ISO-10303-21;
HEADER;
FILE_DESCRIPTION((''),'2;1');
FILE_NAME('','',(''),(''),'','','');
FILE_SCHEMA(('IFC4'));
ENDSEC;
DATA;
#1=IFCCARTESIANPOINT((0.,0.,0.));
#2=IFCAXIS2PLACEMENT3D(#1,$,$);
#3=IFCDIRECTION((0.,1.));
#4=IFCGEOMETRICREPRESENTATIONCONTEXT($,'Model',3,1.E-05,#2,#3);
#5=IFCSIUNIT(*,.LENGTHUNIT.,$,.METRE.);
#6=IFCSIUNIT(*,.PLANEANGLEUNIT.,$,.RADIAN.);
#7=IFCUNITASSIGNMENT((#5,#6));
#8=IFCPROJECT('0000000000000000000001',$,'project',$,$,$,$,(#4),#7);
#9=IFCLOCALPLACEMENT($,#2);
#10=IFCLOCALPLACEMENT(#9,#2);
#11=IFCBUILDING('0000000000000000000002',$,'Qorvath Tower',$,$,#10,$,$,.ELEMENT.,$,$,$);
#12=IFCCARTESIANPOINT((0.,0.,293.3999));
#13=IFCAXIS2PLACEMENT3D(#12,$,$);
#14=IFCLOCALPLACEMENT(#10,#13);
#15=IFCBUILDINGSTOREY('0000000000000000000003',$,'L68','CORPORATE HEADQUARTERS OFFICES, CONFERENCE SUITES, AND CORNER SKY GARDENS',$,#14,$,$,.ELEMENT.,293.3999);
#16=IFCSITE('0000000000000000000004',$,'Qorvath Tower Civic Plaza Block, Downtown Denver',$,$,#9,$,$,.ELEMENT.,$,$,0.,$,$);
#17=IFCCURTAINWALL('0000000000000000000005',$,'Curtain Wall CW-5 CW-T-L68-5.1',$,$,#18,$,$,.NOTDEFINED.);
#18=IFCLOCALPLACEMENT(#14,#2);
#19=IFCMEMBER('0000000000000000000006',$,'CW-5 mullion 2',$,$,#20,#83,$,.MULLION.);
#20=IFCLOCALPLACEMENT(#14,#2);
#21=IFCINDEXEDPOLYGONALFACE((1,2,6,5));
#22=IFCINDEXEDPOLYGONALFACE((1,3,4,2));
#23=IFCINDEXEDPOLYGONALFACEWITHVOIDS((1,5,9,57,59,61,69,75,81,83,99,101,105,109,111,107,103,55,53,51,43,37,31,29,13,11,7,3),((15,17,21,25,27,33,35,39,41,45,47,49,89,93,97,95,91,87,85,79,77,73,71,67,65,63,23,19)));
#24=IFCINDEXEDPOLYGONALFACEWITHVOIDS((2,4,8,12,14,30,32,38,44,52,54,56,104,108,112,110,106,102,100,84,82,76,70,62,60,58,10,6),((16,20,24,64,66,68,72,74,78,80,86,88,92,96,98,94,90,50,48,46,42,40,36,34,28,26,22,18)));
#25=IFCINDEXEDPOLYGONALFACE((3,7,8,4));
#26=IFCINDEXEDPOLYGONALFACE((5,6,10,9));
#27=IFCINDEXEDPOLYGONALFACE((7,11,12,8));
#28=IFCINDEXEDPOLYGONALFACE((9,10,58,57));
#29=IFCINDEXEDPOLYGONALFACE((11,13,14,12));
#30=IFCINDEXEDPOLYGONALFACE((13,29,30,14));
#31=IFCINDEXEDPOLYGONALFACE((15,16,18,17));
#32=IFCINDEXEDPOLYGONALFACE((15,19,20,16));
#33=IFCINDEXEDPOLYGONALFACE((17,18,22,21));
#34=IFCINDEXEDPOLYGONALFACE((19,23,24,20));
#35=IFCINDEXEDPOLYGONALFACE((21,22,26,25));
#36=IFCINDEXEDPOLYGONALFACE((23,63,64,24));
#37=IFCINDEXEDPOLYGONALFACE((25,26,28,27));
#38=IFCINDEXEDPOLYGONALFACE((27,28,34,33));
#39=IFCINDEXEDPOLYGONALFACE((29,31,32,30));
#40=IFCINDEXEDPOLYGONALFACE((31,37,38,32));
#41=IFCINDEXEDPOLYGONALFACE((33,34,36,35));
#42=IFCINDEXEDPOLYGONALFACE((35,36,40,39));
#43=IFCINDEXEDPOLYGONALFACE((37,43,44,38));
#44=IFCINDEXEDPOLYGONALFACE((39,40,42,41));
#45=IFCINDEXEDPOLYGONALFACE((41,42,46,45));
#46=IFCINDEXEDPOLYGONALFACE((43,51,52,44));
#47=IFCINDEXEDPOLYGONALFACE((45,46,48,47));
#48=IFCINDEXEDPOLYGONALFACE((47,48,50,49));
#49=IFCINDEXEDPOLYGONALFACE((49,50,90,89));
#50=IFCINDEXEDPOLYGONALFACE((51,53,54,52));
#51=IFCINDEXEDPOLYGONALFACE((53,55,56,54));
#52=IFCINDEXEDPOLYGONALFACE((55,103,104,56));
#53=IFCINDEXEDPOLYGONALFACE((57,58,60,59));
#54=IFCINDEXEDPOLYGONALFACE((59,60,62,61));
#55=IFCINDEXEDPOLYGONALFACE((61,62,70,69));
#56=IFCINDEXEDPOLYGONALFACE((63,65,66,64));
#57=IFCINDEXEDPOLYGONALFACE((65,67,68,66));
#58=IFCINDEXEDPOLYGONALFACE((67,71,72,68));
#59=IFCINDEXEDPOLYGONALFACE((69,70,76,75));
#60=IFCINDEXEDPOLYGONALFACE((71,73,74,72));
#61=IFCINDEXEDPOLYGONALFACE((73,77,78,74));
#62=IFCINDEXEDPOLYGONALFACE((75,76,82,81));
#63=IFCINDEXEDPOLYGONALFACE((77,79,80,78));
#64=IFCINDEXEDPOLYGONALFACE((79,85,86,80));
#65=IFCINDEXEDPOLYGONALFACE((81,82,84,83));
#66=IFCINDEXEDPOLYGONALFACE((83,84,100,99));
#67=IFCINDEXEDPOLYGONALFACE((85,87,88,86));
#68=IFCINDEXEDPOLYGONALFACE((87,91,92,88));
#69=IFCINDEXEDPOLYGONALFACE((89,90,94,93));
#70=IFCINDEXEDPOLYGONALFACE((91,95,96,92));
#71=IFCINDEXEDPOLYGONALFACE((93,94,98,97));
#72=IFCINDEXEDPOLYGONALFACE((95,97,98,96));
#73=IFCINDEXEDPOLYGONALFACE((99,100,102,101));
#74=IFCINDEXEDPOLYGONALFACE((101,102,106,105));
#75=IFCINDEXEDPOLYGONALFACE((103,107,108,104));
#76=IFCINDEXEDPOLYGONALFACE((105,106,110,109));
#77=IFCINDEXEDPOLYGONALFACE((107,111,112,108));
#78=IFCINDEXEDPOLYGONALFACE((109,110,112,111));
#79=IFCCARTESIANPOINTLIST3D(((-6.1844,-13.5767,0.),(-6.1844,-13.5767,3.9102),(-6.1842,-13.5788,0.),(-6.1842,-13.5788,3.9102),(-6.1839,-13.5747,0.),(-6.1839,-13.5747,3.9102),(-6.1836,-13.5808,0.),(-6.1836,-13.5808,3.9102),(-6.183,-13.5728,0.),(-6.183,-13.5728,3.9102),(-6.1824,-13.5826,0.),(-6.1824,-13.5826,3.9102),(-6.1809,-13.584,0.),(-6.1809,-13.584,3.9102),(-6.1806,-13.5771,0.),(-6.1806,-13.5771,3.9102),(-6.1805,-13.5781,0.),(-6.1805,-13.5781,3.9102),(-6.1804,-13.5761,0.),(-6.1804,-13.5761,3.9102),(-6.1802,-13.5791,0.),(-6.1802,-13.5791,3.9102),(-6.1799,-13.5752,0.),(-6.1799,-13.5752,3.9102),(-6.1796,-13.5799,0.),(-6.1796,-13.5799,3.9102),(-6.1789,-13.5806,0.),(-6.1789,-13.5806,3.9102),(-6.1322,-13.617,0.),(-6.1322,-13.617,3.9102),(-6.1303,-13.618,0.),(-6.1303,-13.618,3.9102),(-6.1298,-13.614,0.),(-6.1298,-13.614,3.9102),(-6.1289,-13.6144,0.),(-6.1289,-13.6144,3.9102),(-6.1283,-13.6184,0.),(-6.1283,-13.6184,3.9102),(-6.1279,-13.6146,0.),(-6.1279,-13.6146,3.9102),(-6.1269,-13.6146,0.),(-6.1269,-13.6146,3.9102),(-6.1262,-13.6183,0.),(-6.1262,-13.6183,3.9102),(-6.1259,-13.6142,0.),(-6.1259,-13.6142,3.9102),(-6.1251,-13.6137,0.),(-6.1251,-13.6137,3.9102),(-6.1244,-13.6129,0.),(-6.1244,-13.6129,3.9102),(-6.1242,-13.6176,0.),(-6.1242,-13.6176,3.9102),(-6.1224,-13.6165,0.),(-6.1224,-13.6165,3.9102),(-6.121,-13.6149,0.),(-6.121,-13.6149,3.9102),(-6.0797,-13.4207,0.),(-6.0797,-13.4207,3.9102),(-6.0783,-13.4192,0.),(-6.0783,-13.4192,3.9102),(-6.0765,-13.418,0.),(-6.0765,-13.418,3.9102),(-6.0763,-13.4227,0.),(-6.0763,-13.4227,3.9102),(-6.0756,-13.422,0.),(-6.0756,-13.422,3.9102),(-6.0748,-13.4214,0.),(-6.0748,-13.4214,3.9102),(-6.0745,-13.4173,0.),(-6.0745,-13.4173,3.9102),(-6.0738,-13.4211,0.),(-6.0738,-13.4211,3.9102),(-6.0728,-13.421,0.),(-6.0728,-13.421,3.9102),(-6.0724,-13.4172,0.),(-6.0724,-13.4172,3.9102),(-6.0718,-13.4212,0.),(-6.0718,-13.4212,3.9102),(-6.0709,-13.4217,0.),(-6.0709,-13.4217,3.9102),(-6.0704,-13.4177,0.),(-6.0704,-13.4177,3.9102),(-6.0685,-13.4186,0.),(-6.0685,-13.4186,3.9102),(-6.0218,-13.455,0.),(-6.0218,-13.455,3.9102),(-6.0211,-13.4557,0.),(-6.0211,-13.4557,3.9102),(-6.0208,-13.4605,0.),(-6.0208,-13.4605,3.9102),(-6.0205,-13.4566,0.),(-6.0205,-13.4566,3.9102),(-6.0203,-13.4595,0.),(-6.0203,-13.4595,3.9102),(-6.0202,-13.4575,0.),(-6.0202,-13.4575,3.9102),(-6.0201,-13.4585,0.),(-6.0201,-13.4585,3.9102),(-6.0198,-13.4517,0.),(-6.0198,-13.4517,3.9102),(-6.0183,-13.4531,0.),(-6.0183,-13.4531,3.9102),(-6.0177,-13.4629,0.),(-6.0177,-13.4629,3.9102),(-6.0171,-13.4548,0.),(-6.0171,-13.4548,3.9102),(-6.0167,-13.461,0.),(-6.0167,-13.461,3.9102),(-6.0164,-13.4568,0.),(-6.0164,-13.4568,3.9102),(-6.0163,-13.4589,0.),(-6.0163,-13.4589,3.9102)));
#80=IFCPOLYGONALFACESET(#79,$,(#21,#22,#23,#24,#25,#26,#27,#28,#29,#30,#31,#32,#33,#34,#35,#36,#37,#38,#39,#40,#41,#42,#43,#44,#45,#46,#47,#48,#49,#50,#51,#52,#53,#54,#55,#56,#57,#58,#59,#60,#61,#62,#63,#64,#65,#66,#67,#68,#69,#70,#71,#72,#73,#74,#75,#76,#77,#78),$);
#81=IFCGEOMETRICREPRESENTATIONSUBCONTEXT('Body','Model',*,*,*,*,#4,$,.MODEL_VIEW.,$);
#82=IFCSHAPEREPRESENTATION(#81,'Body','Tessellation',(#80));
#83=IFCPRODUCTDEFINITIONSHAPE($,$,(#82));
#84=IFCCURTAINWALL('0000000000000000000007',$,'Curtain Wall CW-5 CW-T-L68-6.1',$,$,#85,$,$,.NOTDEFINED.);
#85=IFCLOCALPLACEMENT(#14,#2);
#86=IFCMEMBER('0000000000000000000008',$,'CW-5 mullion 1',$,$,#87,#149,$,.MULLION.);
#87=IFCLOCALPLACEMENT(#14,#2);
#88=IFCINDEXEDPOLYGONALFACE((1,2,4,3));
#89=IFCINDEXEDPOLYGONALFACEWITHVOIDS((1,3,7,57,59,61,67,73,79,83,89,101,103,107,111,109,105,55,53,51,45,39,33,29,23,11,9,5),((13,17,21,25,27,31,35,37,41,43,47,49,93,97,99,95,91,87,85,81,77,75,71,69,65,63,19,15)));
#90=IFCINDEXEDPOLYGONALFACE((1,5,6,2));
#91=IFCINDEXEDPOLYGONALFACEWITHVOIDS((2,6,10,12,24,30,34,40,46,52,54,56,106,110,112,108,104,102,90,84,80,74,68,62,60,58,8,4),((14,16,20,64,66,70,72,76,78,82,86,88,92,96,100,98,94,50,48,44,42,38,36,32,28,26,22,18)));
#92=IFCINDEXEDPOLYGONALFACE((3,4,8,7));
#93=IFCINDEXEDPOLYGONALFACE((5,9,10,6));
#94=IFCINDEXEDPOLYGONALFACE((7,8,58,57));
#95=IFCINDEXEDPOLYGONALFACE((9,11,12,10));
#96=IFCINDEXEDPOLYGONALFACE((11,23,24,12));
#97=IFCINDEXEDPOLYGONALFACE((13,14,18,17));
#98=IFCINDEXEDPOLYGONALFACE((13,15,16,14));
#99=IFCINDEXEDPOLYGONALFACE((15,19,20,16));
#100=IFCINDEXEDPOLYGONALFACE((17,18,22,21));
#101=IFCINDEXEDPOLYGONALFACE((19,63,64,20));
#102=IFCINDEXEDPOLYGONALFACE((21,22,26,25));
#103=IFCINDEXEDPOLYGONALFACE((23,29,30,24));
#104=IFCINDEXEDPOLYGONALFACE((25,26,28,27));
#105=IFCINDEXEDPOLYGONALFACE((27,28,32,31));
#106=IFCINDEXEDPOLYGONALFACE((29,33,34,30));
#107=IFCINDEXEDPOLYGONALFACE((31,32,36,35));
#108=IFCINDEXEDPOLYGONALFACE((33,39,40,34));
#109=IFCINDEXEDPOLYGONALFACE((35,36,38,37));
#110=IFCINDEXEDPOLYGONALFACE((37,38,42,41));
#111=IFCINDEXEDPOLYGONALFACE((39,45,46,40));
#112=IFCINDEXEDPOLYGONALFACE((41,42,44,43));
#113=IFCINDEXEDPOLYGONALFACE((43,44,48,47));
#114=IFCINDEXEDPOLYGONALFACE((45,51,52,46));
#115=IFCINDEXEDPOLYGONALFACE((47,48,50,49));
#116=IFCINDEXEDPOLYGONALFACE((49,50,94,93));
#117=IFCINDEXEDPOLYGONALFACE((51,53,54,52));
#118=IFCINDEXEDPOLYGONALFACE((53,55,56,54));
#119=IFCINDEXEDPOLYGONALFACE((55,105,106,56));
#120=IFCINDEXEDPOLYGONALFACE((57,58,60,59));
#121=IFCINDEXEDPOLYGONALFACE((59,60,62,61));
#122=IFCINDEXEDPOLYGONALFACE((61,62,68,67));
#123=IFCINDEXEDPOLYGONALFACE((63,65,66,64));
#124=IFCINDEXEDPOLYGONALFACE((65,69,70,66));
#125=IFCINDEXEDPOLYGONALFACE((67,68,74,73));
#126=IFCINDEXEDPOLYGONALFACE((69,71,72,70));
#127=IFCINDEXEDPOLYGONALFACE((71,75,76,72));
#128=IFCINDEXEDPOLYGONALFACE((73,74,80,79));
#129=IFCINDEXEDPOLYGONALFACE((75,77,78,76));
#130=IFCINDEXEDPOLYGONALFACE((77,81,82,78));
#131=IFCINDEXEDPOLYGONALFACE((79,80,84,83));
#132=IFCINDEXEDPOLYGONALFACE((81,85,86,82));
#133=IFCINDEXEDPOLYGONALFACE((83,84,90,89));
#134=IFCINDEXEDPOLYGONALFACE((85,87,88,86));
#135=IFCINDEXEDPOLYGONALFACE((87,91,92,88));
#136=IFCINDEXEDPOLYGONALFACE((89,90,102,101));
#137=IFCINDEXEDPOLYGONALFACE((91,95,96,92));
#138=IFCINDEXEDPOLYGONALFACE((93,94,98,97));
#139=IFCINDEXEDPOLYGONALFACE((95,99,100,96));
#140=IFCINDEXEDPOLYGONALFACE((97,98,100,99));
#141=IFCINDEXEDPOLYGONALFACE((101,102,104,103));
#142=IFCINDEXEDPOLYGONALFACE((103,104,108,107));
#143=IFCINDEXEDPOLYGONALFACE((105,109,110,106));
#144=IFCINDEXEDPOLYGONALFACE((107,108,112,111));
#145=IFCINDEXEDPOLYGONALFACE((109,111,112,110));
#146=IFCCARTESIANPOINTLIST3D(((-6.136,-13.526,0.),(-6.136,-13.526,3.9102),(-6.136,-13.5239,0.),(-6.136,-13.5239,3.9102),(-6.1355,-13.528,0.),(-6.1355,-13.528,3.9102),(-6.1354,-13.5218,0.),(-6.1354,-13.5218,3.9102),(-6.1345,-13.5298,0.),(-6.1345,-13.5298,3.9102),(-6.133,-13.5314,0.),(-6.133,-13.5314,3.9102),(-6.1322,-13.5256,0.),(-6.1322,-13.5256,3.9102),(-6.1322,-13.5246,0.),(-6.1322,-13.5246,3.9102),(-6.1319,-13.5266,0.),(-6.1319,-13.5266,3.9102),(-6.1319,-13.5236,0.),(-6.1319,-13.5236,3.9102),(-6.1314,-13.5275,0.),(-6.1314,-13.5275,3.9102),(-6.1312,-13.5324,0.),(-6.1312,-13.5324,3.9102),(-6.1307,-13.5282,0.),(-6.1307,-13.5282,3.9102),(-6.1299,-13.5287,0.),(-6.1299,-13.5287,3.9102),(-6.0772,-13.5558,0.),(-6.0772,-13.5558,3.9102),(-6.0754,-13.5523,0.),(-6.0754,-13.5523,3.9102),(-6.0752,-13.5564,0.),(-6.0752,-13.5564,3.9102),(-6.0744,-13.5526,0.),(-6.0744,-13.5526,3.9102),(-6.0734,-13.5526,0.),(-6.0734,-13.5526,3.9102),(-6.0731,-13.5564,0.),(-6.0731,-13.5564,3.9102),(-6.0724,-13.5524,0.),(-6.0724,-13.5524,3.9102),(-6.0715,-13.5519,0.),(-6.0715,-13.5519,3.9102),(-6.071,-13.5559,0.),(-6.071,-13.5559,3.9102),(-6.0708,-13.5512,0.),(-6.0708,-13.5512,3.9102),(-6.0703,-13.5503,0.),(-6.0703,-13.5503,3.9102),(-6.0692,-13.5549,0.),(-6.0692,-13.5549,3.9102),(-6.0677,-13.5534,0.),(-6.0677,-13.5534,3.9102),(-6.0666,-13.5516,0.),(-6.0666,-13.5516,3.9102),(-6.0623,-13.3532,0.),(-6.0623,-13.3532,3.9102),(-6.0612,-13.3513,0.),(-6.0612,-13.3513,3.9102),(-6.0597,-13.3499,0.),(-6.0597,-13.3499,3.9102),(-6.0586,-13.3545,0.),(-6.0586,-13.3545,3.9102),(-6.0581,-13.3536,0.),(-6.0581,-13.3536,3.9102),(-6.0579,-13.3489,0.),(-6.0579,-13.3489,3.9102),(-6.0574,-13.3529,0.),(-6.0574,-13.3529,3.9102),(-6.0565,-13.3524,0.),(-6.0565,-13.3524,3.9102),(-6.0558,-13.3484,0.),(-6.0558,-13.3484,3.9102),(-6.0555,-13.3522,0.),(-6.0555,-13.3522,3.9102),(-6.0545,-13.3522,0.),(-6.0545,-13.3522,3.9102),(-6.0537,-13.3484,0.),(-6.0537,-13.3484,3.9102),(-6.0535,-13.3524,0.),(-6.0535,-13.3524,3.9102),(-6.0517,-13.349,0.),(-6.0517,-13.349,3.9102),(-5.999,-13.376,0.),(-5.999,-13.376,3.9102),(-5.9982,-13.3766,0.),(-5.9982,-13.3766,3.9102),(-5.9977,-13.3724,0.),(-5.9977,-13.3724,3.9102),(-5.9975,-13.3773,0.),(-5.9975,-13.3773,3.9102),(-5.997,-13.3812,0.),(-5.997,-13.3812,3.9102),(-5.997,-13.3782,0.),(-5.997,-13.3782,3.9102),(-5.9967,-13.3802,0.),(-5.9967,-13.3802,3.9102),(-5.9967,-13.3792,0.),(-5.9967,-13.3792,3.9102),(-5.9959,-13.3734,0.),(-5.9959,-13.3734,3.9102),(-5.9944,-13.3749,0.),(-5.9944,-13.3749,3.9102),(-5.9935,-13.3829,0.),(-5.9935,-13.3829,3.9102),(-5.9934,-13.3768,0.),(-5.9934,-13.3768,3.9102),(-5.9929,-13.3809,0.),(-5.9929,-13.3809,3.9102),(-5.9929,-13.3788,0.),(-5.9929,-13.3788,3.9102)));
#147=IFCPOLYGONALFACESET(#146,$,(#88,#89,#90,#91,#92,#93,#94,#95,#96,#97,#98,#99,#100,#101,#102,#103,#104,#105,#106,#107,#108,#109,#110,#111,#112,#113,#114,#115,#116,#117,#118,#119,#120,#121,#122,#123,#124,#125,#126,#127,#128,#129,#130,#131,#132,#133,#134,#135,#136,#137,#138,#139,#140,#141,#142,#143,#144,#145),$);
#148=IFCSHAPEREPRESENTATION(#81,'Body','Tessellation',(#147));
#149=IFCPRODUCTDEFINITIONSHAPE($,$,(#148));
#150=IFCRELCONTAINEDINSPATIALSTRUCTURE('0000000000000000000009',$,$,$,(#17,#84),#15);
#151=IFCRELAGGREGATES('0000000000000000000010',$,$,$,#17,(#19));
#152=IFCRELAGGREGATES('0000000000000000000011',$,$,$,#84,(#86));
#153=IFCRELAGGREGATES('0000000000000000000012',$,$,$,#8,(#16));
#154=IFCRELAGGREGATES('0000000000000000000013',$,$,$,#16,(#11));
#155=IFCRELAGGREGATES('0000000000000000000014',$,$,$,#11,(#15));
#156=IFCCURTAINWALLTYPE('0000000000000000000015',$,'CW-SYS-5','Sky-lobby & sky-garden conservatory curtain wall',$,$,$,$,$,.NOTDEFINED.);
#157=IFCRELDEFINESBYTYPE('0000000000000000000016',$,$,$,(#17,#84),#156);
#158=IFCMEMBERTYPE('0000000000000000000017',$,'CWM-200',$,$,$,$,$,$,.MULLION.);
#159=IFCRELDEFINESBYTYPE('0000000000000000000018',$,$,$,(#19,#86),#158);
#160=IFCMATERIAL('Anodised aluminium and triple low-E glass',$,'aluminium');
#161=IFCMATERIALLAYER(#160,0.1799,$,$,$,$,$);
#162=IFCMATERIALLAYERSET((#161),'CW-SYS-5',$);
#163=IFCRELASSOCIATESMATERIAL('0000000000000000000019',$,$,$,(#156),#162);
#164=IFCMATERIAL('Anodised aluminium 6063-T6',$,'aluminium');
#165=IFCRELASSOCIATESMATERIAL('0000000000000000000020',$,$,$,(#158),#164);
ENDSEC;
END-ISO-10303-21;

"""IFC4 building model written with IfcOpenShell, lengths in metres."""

from ifc_helpers import new_model, si_unit, direction, frame, origin, origin_2d, place, context, subcontext, project, spatial, hollow_rectangle, extrude, material, layer, layer_set, material_profile, profile_set, type_object, element, aggregate, save


model = new_model("IFC4")

# Units and contexts
model_context = context("Model", 3, precision=1e-05, world=origin(), true_north=direction((0.0, 1.0)))
body_context = subcontext(model_context, "Body", "Model", "MODEL_VIEW")
ifc_project = project(units=[si_unit("LENGTHUNIT", "METRE"), si_unit("PLANEANGLEUNIT", "RADIAN")], contexts=[model_context])

# Site, building, storey
site_placement = place(None, origin())
site = spatial("IfcSite", under=ifc_project, at=site_placement, Name="Qorvath Tower Civic Plaza Block, Downtown Denver", CompositionType="ELEMENT", RefElevation=0.0)
building_placement = place(site_placement, origin())
building = spatial("IfcBuilding", under=site, at=building_placement, Name="Qorvath Tower", CompositionType="ELEMENT")
storey_placement = place(building_placement, frame((0.0, 0.0, 293.3999)))
storey = spatial("IfcBuildingStorey", under=building, at=storey_placement, Name="L68", Description="CORPORATE HEADQUARTERS OFFICES, CONFERENCE SUITES, AND CORNER SKY GARDENS", CompositionType="ELEMENT", Elevation=293.3999)

# Shared definitions
ifc_material_1 = material(Name="Anodised aluminium and triple low-E glass", Category="aluminium")
ifc_layer_1 = layer(ifc_material_1, 0.1799)
ifc_layer_set_1 = layer_set([ifc_layer_1], Name="CW-SYS-5")
curtain_wall_type = type_object("IfcCurtainWallType", Name="CW-SYS-5", Description="Sky-lobby & sky-garden conservatory curtain wall", PredefinedType="NOTDEFINED", material=ifc_layer_set_1)
ifc_material_2 = material(Name="Anodised aluminium 6063-T6", Category="aluminium")
ifc_material_profile_1 = material_profile(ifc_material_2, hollow_rectangle(XDim=0.075, YDim=0.2, WallThickness=0.0039, InnerFilletRadius=0.0039, OuterFilletRadius=0.0081, at=origin_2d()), Name="CWM 200x75")
ifc_profile_set_1 = profile_set([ifc_material_profile_1], Name="Anodised aluminium 6063-T6")
member_type_1 = type_object("IfcMemberType", Name="CWM-200", PredefinedType="MULLION", material=ifc_profile_set_1)

# Curtain walls, members
curtain_wall_1_placement = place(storey_placement, origin())
curtain_wall_1 = element("IfcCurtainWall", 1, at=curtain_wall_1_placement, inside=storey, type_object=curtain_wall_type, Name="Curtain Wall CW-5 CW-T-L68-5.1", PredefinedType="NOTDEFINED")
member_1_placement = place(storey_placement, frame((-6.1003, -13.5178, 0.0), z_axis=(0.0, 0.0, 1.0), x_axis=(-0.827127, 0.562015, 0.0)))
member_1 = element("IfcMember", 2, at=member_1_placement, type_object=member_type_1, Name="CW-5 mullion 2", PredefinedType="MULLION", context=body_context, shape_type="SweptSolid", body=[
    extrude(hollow_rectangle(XDim=0.075, YDim=0.2, WallThickness=0.0039, InnerFilletRadius=0.0039, OuterFilletRadius=0.0081, at=origin_2d()), origin(), (0.0, 0.0, 1.0), 3.9102),
])
curtain_wall_2_placement = place(storey_placement, origin())
curtain_wall_2 = element("IfcCurtainWall", 3, at=curtain_wall_2_placement, inside=storey, type_object=curtain_wall_type, Name="Curtain Wall CW-5 CW-T-L68-6.1", PredefinedType="NOTDEFINED")
member_2_placement = place(storey_placement, frame((-6.0645, -13.4524, 0.0), z_axis=(0.0, 0.0, 1.0), x_axis=(-0.917571, 0.397572, 0.0)))
member_2 = element("IfcMember", 4, at=member_2_placement, type_object=member_type_1, Name="CW-5 mullion 1", PredefinedType="MULLION", context=body_context, shape_type="SweptSolid", body=[
    extrude(hollow_rectangle(XDim=0.075, YDim=0.2, WallThickness=0.0039, InnerFilletRadius=0.0039, OuterFilletRadius=0.0081, at=origin_2d()), origin(), (0.0, 0.0, 1.0), 3.9102),
])

aggregate(curtain_wall_1, [member_1])
aggregate(curtain_wall_2, [member_2])

save(model, "model.ifc")
